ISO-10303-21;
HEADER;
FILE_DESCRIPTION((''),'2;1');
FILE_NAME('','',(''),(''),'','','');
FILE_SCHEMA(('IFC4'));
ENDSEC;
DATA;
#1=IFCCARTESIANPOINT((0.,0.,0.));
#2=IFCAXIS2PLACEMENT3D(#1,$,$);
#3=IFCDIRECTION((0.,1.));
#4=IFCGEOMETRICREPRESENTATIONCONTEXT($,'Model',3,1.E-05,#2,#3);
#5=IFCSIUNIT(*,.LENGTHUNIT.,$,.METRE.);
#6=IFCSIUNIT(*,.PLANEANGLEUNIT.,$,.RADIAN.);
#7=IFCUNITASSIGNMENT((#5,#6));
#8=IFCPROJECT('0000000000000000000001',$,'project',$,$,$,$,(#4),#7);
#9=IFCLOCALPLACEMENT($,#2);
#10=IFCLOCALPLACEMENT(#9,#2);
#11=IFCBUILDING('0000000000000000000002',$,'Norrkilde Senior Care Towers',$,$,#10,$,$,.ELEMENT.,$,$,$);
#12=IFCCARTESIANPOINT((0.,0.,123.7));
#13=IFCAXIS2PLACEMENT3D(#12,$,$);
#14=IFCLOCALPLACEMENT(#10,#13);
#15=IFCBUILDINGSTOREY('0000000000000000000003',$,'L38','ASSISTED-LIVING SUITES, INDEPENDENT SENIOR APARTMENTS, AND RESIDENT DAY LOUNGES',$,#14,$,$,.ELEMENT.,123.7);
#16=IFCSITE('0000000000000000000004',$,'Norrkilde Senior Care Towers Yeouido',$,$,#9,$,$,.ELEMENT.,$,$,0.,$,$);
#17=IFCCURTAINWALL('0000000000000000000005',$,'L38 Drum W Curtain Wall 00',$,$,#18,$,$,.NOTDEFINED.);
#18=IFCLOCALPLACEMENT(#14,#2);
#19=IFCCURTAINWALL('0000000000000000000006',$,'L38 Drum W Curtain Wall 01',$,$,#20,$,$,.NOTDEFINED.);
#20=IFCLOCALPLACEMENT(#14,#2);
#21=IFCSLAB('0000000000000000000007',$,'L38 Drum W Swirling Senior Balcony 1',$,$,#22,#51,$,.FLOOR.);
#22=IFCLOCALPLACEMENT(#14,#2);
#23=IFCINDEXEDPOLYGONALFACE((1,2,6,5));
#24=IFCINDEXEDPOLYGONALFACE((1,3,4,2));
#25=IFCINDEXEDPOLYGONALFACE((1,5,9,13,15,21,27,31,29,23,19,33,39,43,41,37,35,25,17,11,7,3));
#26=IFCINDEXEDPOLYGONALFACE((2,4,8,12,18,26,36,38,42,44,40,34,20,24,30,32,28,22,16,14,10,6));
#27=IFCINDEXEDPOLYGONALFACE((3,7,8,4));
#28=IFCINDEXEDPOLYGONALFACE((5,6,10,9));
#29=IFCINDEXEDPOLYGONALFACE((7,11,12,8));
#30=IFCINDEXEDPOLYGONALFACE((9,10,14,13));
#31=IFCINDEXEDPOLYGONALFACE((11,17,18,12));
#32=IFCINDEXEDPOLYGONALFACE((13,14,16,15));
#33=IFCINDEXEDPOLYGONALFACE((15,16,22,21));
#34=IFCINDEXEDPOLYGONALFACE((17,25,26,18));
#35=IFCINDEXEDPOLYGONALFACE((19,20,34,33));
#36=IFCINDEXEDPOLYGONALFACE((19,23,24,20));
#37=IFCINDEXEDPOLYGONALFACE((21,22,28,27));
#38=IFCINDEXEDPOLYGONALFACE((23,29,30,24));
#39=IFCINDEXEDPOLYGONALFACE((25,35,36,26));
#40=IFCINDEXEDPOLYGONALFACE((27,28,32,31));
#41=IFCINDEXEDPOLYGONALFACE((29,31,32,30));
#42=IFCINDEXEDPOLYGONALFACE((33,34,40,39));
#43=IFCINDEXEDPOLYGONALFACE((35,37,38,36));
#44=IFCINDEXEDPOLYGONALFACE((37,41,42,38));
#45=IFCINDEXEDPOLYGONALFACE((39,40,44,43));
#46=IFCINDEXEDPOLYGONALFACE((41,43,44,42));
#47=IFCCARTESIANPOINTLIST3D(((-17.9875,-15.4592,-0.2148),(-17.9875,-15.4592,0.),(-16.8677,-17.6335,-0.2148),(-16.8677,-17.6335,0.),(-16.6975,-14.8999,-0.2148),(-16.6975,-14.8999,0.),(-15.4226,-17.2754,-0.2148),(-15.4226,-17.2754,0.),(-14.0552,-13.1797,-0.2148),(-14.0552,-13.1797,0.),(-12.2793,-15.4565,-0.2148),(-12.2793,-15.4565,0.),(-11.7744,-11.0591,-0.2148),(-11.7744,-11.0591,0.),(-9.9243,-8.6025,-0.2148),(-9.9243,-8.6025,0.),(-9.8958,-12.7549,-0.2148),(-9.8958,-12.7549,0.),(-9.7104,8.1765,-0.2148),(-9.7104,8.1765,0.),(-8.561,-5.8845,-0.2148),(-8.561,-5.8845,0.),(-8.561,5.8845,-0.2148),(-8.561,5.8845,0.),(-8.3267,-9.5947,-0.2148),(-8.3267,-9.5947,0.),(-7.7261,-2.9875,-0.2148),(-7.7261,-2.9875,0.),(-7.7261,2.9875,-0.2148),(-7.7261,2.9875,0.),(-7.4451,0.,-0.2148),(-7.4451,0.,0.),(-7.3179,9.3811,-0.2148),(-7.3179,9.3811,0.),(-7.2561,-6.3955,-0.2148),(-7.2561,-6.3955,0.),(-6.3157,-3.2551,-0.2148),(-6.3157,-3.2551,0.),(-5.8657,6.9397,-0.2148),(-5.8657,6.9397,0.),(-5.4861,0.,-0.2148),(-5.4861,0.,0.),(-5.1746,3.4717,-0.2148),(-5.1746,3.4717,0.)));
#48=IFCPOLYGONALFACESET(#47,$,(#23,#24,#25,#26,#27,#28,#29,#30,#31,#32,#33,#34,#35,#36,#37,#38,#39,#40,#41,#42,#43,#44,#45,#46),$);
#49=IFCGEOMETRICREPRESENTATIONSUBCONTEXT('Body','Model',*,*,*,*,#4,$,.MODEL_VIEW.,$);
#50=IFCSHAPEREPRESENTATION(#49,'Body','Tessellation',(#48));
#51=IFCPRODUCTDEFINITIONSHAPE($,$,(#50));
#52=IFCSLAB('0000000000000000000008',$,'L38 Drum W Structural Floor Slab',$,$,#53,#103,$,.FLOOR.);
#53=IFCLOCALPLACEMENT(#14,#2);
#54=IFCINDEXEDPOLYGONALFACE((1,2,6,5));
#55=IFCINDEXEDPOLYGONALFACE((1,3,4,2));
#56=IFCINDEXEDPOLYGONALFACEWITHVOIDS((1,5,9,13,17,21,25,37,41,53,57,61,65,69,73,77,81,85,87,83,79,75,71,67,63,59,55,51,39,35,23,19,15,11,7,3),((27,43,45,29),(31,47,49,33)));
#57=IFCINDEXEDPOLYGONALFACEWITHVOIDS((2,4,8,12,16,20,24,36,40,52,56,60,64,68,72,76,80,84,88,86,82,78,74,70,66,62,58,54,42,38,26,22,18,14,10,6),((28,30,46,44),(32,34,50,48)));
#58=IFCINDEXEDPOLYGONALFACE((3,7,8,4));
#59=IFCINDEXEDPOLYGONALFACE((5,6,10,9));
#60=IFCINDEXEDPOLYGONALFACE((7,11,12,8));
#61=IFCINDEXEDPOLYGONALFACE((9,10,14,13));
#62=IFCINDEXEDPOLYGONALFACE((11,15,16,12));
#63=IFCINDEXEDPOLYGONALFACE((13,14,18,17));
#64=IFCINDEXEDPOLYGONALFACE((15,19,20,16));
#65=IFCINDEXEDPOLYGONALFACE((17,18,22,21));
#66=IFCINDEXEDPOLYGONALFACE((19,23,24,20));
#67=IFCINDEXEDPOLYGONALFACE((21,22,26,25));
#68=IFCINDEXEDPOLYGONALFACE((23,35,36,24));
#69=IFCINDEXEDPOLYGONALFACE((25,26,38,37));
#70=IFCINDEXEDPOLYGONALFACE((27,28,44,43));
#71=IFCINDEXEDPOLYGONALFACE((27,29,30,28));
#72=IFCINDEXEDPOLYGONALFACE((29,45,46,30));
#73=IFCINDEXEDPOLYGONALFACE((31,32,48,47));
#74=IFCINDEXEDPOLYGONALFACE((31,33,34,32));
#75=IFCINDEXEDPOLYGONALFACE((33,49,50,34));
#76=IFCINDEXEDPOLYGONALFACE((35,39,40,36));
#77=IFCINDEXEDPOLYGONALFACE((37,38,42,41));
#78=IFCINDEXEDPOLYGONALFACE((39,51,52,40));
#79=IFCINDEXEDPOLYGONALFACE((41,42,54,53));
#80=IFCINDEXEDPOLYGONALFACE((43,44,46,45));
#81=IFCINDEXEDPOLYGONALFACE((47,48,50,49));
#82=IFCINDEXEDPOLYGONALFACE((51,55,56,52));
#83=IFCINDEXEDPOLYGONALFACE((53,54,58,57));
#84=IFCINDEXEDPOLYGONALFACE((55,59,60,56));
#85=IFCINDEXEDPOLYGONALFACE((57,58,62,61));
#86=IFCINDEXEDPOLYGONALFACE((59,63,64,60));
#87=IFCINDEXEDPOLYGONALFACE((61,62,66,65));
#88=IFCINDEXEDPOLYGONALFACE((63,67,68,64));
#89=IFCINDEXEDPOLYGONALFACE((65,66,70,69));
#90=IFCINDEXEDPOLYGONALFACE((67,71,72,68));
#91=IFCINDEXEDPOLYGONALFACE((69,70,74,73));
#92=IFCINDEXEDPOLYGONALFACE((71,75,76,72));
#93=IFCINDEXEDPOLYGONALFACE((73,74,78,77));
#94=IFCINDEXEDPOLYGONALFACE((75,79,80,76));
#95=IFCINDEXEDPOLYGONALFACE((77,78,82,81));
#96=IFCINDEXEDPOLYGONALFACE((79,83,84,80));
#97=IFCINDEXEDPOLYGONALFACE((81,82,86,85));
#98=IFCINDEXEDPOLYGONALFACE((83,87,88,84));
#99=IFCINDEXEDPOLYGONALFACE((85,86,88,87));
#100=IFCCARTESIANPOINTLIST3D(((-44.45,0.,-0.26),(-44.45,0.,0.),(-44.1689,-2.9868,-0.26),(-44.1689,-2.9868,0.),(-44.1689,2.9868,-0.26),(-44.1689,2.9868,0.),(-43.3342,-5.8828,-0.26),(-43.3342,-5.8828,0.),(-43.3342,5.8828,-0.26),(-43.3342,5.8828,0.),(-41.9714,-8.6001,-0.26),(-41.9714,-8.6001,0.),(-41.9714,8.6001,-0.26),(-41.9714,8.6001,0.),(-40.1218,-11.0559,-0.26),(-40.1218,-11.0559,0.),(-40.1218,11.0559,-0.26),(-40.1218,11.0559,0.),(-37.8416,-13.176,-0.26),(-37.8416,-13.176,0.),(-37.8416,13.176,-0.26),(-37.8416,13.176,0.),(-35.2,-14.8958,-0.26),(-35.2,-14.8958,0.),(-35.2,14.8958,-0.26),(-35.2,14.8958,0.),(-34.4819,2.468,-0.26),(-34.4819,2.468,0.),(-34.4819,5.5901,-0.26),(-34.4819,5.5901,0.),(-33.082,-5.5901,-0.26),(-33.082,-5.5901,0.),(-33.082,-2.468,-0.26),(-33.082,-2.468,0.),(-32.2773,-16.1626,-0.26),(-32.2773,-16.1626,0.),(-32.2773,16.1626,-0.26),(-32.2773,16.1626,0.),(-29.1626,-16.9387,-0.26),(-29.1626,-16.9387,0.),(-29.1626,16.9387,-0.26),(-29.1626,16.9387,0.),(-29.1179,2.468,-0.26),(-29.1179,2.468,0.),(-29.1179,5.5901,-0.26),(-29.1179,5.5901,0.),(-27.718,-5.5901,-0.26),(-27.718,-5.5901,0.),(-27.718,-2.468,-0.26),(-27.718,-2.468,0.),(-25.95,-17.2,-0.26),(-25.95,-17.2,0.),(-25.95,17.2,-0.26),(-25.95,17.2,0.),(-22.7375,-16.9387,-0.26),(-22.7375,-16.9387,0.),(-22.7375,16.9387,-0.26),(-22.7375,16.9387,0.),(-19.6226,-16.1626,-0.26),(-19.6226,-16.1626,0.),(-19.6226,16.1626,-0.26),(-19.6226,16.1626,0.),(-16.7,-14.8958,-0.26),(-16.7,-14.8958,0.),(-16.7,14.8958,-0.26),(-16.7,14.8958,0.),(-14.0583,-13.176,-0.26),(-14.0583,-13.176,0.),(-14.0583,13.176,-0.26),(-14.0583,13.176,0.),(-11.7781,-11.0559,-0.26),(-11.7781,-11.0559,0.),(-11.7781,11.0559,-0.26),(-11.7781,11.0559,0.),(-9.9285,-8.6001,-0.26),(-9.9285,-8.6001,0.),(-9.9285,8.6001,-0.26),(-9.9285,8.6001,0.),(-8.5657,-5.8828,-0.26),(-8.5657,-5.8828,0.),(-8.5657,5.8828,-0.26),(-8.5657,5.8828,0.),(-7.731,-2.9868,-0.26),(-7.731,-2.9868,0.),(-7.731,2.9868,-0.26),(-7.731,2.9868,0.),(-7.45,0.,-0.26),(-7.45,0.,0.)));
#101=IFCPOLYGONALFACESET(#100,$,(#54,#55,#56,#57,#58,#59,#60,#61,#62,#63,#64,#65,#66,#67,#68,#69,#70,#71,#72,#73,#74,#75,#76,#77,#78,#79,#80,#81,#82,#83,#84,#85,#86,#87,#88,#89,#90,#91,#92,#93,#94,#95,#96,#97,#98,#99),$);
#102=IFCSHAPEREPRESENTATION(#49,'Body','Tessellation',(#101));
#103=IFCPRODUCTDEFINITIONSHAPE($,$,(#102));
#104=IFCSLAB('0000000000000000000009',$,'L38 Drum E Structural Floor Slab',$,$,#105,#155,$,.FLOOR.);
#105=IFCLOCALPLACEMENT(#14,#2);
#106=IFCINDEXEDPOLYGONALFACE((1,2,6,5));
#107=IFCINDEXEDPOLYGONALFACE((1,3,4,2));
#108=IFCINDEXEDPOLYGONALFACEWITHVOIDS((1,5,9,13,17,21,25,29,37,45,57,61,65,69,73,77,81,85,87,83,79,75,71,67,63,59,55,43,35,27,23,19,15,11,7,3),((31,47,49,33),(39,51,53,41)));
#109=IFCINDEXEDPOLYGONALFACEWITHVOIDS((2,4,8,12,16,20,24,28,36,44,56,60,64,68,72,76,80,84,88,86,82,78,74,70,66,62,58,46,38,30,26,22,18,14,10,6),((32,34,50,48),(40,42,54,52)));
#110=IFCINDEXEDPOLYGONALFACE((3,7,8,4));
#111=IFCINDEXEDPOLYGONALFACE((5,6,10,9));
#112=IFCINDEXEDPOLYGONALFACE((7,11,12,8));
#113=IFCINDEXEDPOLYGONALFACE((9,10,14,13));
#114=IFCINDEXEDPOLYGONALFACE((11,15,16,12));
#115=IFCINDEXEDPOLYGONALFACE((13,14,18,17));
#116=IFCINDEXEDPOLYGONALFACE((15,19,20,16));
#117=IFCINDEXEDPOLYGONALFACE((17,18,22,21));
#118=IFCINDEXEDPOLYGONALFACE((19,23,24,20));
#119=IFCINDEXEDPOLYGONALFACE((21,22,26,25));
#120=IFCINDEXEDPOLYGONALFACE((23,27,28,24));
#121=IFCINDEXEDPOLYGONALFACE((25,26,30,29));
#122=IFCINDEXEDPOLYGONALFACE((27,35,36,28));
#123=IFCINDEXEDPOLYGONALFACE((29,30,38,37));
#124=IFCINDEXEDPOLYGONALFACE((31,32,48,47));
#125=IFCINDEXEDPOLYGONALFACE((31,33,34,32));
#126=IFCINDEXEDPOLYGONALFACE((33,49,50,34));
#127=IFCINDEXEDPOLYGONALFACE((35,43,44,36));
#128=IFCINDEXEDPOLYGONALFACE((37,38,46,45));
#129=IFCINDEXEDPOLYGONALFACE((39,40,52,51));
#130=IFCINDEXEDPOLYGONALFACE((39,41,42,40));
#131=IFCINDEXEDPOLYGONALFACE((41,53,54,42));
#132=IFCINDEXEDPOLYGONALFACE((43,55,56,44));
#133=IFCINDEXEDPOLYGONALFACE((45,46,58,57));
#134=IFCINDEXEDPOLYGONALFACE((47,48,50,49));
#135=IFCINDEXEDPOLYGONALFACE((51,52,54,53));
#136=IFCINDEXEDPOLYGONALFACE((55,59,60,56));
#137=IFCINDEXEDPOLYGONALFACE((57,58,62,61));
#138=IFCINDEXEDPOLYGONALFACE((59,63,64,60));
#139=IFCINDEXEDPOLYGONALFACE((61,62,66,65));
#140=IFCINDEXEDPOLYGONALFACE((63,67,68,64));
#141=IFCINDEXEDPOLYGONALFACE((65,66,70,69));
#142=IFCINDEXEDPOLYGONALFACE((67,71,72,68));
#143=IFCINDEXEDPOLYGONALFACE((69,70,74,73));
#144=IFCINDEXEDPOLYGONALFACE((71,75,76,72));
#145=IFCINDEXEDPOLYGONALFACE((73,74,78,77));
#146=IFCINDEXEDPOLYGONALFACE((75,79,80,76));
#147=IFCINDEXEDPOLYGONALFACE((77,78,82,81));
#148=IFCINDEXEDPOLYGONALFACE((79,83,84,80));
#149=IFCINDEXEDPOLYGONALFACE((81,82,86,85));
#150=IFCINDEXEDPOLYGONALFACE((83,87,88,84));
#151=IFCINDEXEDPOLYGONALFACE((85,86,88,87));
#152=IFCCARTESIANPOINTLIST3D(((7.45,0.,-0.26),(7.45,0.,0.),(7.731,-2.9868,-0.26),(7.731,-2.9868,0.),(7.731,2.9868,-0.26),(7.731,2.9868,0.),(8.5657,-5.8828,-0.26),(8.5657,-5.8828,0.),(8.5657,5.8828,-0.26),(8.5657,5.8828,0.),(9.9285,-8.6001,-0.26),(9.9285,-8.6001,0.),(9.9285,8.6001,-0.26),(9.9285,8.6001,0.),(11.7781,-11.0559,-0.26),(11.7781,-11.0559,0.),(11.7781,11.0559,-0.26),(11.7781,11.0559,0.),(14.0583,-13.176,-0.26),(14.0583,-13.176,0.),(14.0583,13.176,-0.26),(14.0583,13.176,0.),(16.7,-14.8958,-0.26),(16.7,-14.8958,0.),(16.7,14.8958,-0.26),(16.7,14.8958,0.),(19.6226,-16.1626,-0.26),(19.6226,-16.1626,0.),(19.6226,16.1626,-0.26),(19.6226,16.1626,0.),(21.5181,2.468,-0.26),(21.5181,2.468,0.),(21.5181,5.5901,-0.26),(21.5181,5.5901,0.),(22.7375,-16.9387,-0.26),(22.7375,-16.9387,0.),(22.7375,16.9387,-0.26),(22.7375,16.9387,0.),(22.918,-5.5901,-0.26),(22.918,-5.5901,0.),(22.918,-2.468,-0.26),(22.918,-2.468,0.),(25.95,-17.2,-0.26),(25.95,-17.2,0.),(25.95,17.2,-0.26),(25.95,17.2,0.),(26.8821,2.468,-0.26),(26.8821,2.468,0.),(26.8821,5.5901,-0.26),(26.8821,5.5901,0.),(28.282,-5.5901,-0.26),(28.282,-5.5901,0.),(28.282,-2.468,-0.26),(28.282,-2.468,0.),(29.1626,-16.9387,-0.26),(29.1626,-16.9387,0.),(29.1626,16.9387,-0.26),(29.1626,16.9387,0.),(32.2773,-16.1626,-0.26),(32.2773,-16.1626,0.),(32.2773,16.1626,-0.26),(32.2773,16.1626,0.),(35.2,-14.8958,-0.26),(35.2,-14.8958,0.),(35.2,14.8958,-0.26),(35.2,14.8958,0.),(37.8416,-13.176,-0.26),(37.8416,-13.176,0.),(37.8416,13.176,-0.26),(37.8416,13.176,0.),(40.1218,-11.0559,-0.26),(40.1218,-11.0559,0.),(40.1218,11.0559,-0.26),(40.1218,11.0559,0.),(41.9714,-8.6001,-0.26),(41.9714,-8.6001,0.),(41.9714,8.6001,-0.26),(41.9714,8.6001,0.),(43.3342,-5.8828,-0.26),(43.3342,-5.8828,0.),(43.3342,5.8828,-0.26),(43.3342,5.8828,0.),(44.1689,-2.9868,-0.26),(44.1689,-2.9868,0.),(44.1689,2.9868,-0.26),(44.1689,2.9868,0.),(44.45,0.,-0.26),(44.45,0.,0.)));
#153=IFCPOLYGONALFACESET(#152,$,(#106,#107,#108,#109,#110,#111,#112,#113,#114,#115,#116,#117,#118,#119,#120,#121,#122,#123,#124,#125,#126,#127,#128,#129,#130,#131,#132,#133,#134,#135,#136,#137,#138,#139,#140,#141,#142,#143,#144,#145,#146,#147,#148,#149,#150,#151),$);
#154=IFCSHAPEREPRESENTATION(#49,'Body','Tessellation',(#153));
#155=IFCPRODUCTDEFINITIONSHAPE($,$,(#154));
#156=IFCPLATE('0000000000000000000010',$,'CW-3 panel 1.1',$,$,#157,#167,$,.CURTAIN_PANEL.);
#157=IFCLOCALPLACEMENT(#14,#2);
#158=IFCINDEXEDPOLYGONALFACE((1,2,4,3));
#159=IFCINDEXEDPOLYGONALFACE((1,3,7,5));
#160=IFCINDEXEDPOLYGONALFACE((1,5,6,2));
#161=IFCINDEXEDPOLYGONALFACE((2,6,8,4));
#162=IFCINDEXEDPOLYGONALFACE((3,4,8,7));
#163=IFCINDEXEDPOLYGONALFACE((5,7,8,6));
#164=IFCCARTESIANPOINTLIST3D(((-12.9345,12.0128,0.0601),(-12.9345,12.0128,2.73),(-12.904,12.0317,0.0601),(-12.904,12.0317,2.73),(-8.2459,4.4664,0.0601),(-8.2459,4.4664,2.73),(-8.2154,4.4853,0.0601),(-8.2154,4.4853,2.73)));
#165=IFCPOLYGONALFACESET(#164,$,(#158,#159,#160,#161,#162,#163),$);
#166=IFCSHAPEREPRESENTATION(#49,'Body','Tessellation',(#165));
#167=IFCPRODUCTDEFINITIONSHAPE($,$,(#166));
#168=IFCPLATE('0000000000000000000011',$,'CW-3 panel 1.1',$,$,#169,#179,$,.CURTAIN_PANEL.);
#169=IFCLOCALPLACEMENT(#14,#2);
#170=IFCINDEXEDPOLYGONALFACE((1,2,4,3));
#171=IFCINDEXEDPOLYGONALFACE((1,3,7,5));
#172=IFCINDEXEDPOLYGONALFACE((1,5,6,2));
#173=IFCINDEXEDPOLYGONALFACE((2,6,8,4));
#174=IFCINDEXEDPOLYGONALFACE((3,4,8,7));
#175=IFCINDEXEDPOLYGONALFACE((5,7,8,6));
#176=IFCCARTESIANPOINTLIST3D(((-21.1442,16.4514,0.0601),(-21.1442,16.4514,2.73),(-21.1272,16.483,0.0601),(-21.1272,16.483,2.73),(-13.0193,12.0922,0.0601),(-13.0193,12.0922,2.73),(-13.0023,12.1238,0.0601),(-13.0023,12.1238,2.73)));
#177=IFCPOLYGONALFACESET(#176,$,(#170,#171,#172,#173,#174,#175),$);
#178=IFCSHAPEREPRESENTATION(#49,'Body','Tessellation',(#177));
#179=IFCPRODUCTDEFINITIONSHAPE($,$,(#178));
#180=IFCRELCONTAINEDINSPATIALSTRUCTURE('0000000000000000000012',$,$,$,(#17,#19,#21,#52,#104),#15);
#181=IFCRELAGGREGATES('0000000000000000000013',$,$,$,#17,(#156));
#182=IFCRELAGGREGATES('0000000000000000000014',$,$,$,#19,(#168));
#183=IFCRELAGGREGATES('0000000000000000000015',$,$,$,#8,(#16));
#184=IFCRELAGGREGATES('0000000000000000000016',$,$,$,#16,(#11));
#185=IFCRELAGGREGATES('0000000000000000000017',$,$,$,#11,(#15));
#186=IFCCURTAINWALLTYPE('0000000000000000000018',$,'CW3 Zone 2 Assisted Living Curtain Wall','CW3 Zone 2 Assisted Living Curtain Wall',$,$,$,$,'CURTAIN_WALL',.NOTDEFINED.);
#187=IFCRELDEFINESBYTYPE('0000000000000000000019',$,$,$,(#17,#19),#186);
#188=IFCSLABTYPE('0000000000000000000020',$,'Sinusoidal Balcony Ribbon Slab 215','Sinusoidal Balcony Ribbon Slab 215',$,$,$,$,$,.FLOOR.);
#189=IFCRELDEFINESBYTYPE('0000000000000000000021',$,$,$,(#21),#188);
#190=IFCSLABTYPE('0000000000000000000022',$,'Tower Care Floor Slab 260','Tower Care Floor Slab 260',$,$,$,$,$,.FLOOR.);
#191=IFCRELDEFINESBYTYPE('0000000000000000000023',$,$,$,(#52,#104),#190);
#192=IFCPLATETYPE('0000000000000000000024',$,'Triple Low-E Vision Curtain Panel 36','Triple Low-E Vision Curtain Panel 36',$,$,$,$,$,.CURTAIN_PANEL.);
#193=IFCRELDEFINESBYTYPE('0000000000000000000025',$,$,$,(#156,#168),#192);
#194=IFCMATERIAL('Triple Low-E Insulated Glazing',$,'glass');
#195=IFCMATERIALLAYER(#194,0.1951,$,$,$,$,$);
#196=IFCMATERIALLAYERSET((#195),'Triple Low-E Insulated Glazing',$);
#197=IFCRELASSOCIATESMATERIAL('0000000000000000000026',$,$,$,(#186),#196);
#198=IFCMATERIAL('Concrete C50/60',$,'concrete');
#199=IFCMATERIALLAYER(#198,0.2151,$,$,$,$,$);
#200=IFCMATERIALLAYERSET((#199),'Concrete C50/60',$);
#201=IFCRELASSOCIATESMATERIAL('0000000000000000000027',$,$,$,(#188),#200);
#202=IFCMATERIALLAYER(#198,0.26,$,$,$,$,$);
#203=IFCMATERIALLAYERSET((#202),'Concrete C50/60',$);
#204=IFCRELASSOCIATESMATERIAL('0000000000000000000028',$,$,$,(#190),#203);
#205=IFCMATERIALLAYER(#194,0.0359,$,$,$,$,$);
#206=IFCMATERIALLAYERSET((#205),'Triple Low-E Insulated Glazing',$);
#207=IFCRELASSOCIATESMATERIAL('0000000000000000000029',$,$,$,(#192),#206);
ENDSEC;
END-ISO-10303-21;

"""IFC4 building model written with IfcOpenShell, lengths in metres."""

from ifc_helpers import new_model, si_unit, direction, frame, origin, origin_2d, place, context, subcontext, project, spatial, polyline, rectangle, outline, extrude, source, transform, mapped, material, layer, layer_set, type_object, element, aggregate, save


model = new_model("IFC4")

# Units and contexts
model_context = context("Model", 3, precision=1e-05, world=origin(), true_north=direction((0.0, 1.0)))
body_context = subcontext(model_context, "Body", "Model", "MODEL_VIEW")
ifc_project = project(units=[si_unit("LENGTHUNIT", "METRE"), si_unit("PLANEANGLEUNIT", "RADIAN")], contexts=[model_context])

# Site, building, storey
site_placement = place(None, origin())
site = spatial("IfcSite", under=ifc_project, at=site_placement, Name="Norrkilde Senior Care Towers Yeouido", CompositionType="ELEMENT", RefElevation=0.0)
building_placement = place(site_placement, origin())
building = spatial("IfcBuilding", under=site, at=building_placement, Name="Norrkilde Senior Care Towers", CompositionType="ELEMENT")
storey_placement = place(building_placement, frame((0.0, 0.0, 123.7)))
storey = spatial("IfcBuildingStorey", under=building, at=storey_placement, Name="L38", Description="ASSISTED-LIVING SUITES, INDEPENDENT SENIOR APARTMENTS, AND RESIDENT DAY LOUNGES", CompositionType="ELEMENT", Elevation=123.7)

# Curtain wall
ifc_material_1 = material(Name="Triple Low-E Insulated Glazing", Category="glass")
ifc_layer_1 = layer(ifc_material_1, 0.1951)
ifc_layer_set_1 = layer_set([ifc_layer_1], Name="Triple Low-E Insulated Glazing")
curtain_wall_type = type_object("IfcCurtainWallType", Name="CW3 Zone 2 Assisted Living Curtain Wall", Description="CW3 Zone 2 Assisted Living Curtain Wall", ElementType="CURTAIN_WALL", PredefinedType="NOTDEFINED", material=ifc_layer_set_1)
curtain_wall_1_placement = place(storey_placement, origin())
curtain_wall_1 = element("IfcCurtainWall", 1, at=curtain_wall_1_placement, inside=storey, type_object=curtain_wall_type, Name="L38 Drum W Curtain Wall 00", PredefinedType="NOTDEFINED")

# Curtain wall
curtain_wall_2_placement = place(storey_placement, origin())
curtain_wall_2 = element("IfcCurtainWall", 2, at=curtain_wall_2_placement, inside=storey, type_object=curtain_wall_type, Name="L38 Drum W Curtain Wall 01", PredefinedType="NOTDEFINED")

# Slabs
ifc_material_2 = material(Name="Concrete C50/60", Category="concrete")
ifc_layer_2 = layer(ifc_material_2, 0.2151)
ifc_layer_set_2 = layer_set([ifc_layer_2], Name="Concrete C50/60")
slab_type_1 = type_object("IfcSlabType", Name="Sinusoidal Balcony Ribbon Slab 215", Description="Sinusoidal Balcony Ribbon Slab 215", PredefinedType="FLOOR", material=ifc_layer_set_2)
slab_1_placement = place(storey_placement, frame((0.0, 0.0, -0.2148)))
element("IfcSlab", 3, at=slab_1_placement, inside=storey, type_object=slab_type_1, Name="L38 Drum W Swirling Senior Balcony 1", PredefinedType="FLOOR", context=body_context, shape_type="SweptSolid", body=[
    extrude(outline(polyline([(-8.3267, -9.5947), (-9.8958, -12.7549), (-12.2793, -15.4565), (-15.4226, -17.2754), (-16.8677, -17.6335), (-17.9875, -15.4592), (-16.6975, -14.8999), (-14.0552, -13.1797), (-11.7744, -11.0591), (-9.9243, -8.6025), (-8.561, -5.8845), (-7.7261, -2.9875), (-7.4451, 0.0), (-7.7261, 2.9875), (-8.561, 5.8845), (-9.7104, 8.1765), (-7.3179, 9.3811), (-5.8657, 6.9397), (-5.1746, 3.4717), (-5.4861, 0.0), (-6.3157, -3.2551), (-7.2561, -6.3955), (-8.3267, -9.5947)])), origin(), (0.0, 0.0, 1.0), 0.2148),
])
ifc_layer_3 = layer(ifc_material_2, 0.26)
ifc_layer_set_3 = layer_set([ifc_layer_3], Name="Concrete C50/60")
slab_type_2 = type_object("IfcSlabType", Name="Tower Care Floor Slab 260", Description="Tower Care Floor Slab 260", PredefinedType="FLOOR", material=ifc_layer_set_3)
slab_2_placement = place(storey_placement, frame((0.0, 0.0, -0.26)))
element("IfcSlab", 4, at=slab_2_placement, inside=storey, type_object=slab_type_2, Name="L38 Drum W Structural Floor Slab", PredefinedType="FLOOR", context=body_context, shape_type="SweptSolid", body=[
    extrude(outline(polyline([(-8.5657, -5.8828), (-9.9285, -8.6001), (-11.7781, -11.0559), (-14.0583, -13.176), (-16.7, -14.8958), (-19.6226, -16.1626), (-22.7375, -16.9387), (-25.95, -17.2), (-29.1626, -16.9387), (-32.2773, -16.1626), (-35.2, -14.8958), (-37.8416, -13.176), (-40.1218, -11.0559), (-41.9714, -8.6001), (-43.3342, -5.8828), (-44.1689, -2.9868), (-44.45, 0.0), (-44.1689, 2.9868), (-43.3342, 5.8828), (-41.9714, 8.6001), (-40.1218, 11.0559), (-37.8416, 13.176), (-35.2, 14.8958), (-32.2773, 16.1626), (-29.1626, 16.9387), (-25.95, 17.2), (-22.7375, 16.9387), (-19.6226, 16.1626), (-16.7, 14.8958), (-14.0583, 13.176), (-11.7781, 11.0559), (-9.9285, 8.6001), (-8.5657, 5.8828), (-7.731, 2.9868), (-7.45, 0.0), (-7.731, -2.9868), (-8.5657, -5.8828)]), holes=[polyline([(-34.4819, 2.468), (-29.1179, 2.468), (-29.1179, 5.5901), (-34.4819, 5.5901), (-34.4819, 2.468)]), polyline([(-27.718, -5.5901), (-27.718, -2.468), (-33.082, -2.468), (-33.082, -5.5901), (-27.718, -5.5901)])]), origin(), (0.0, 0.0, 1.0), 0.26),
])
slab_3_placement = place(storey_placement, frame((0.0, 0.0, -0.26)))
element("IfcSlab", 5, at=slab_3_placement, inside=storey, type_object=slab_type_2, Name="L38 Drum E Structural Floor Slab", PredefinedType="FLOOR", context=body_context, shape_type="SweptSolid", body=[
    extrude(outline(polyline([(43.3342, -5.8828), (41.9714, -8.6001), (40.1218, -11.0559), (37.8416, -13.176), (35.2, -14.8958), (32.2773, -16.1626), (29.1626, -16.9387), (25.95, -17.2), (22.7375, -16.9387), (19.6226, -16.1626), (16.7, -14.8958), (14.0583, -13.176), (11.7781, -11.0559), (9.9285, -8.6001), (8.5657, -5.8828), (7.731, -2.9868), (7.45, 0.0), (7.731, 2.9868), (8.5657, 5.8828), (9.9285, 8.6001), (11.7781, 11.0559), (14.0583, 13.176), (16.7, 14.8958), (19.6226, 16.1626), (22.7375, 16.9387), (25.95, 17.2), (29.1626, 16.9387), (32.2773, 16.1626), (35.2, 14.8958), (37.8416, 13.176), (40.1218, 11.0559), (41.9714, 8.6001), (43.3342, 5.8828), (44.1689, 2.9868), (44.45, 0.0), (44.1689, -2.9868), (43.3342, -5.8828)]), holes=[polyline([(21.5181, 2.468), (26.8821, 2.468), (26.8821, 5.5901), (21.5181, 5.5901), (21.5181, 2.468)]), polyline([(28.282, -5.5901), (28.282, -2.468), (22.918, -2.468), (22.918, -5.5901), (28.282, -5.5901)])]), origin(), (0.0, 0.0, 1.0), 0.26),
])

# Plates
ifc_layer_4 = layer(ifc_material_1, 0.0359)
ifc_layer_set_4 = layer_set([ifc_layer_4], Name="Triple Low-E Insulated Glazing")
plate_type = type_object("IfcPlateType", Name="Triple Low-E Vision Curtain Panel 36", Description="Triple Low-E Vision Curtain Panel 36", PredefinedType="CURTAIN_PANEL", material=ifc_layer_set_4)
shared_shape_1 = source(origin(), body_context, "Body", "SweptSolid", [
    extrude(rectangle(XDim=8.8843, YDim=0.0359, at=origin_2d()), origin(), (0.0, 0.0, 1.0), 2.6699),
])
plate_1_placement = place(storey_placement, frame((-10.575, 8.249, 0.0601), z_axis=(0.0, 0.0, 1.0), x_axis=(0.527733, -0.84941, 0.0)))
plate_1 = element("IfcPlate", 6, at=plate_1_placement, type_object=plate_type, Name="CW-3 panel 1.1", PredefinedType="CURTAIN_PANEL", context=body_context, shape_type="MappedRepresentation", body=[
    mapped(shared_shape_1, transform((0.0, 0.0, 0.0), x_axis=(1.0, 0.0, 0.0), y_axis=(0.0, 1.0, 0.0), z_axis=(0.0, 0.0, 1.0), scale=1.0)),
])
aggregate(curtain_wall_1, [plate_1])
shared_shape_2 = source(origin(), body_context, "Body", "SweptSolid", [
    extrude(rectangle(XDim=9.2205, YDim=0.0359, at=origin_2d()), origin(), (0.0, 0.0, 1.0), 2.6699),
])
plate_2_placement = place(storey_placement, frame((-17.0732, 14.2876, 0.0601), z_axis=(0.0, 0.0, 1.0), x_axis=(0.881186, -0.472769, 0.0)))
plate_2 = element("IfcPlate", 7, at=plate_2_placement, type_object=plate_type, Name="CW-3 panel 1.1", PredefinedType="CURTAIN_PANEL", context=body_context, shape_type="MappedRepresentation", body=[
    mapped(shared_shape_2, transform((0.0, 0.0, 0.0), x_axis=(1.0, 0.0, 0.0), y_axis=(0.0, 1.0, 0.0), z_axis=(0.0, 0.0, 1.0), scale=1.0)),
])
aggregate(curtain_wall_2, [plate_2])

save(model, "model.ifc")
